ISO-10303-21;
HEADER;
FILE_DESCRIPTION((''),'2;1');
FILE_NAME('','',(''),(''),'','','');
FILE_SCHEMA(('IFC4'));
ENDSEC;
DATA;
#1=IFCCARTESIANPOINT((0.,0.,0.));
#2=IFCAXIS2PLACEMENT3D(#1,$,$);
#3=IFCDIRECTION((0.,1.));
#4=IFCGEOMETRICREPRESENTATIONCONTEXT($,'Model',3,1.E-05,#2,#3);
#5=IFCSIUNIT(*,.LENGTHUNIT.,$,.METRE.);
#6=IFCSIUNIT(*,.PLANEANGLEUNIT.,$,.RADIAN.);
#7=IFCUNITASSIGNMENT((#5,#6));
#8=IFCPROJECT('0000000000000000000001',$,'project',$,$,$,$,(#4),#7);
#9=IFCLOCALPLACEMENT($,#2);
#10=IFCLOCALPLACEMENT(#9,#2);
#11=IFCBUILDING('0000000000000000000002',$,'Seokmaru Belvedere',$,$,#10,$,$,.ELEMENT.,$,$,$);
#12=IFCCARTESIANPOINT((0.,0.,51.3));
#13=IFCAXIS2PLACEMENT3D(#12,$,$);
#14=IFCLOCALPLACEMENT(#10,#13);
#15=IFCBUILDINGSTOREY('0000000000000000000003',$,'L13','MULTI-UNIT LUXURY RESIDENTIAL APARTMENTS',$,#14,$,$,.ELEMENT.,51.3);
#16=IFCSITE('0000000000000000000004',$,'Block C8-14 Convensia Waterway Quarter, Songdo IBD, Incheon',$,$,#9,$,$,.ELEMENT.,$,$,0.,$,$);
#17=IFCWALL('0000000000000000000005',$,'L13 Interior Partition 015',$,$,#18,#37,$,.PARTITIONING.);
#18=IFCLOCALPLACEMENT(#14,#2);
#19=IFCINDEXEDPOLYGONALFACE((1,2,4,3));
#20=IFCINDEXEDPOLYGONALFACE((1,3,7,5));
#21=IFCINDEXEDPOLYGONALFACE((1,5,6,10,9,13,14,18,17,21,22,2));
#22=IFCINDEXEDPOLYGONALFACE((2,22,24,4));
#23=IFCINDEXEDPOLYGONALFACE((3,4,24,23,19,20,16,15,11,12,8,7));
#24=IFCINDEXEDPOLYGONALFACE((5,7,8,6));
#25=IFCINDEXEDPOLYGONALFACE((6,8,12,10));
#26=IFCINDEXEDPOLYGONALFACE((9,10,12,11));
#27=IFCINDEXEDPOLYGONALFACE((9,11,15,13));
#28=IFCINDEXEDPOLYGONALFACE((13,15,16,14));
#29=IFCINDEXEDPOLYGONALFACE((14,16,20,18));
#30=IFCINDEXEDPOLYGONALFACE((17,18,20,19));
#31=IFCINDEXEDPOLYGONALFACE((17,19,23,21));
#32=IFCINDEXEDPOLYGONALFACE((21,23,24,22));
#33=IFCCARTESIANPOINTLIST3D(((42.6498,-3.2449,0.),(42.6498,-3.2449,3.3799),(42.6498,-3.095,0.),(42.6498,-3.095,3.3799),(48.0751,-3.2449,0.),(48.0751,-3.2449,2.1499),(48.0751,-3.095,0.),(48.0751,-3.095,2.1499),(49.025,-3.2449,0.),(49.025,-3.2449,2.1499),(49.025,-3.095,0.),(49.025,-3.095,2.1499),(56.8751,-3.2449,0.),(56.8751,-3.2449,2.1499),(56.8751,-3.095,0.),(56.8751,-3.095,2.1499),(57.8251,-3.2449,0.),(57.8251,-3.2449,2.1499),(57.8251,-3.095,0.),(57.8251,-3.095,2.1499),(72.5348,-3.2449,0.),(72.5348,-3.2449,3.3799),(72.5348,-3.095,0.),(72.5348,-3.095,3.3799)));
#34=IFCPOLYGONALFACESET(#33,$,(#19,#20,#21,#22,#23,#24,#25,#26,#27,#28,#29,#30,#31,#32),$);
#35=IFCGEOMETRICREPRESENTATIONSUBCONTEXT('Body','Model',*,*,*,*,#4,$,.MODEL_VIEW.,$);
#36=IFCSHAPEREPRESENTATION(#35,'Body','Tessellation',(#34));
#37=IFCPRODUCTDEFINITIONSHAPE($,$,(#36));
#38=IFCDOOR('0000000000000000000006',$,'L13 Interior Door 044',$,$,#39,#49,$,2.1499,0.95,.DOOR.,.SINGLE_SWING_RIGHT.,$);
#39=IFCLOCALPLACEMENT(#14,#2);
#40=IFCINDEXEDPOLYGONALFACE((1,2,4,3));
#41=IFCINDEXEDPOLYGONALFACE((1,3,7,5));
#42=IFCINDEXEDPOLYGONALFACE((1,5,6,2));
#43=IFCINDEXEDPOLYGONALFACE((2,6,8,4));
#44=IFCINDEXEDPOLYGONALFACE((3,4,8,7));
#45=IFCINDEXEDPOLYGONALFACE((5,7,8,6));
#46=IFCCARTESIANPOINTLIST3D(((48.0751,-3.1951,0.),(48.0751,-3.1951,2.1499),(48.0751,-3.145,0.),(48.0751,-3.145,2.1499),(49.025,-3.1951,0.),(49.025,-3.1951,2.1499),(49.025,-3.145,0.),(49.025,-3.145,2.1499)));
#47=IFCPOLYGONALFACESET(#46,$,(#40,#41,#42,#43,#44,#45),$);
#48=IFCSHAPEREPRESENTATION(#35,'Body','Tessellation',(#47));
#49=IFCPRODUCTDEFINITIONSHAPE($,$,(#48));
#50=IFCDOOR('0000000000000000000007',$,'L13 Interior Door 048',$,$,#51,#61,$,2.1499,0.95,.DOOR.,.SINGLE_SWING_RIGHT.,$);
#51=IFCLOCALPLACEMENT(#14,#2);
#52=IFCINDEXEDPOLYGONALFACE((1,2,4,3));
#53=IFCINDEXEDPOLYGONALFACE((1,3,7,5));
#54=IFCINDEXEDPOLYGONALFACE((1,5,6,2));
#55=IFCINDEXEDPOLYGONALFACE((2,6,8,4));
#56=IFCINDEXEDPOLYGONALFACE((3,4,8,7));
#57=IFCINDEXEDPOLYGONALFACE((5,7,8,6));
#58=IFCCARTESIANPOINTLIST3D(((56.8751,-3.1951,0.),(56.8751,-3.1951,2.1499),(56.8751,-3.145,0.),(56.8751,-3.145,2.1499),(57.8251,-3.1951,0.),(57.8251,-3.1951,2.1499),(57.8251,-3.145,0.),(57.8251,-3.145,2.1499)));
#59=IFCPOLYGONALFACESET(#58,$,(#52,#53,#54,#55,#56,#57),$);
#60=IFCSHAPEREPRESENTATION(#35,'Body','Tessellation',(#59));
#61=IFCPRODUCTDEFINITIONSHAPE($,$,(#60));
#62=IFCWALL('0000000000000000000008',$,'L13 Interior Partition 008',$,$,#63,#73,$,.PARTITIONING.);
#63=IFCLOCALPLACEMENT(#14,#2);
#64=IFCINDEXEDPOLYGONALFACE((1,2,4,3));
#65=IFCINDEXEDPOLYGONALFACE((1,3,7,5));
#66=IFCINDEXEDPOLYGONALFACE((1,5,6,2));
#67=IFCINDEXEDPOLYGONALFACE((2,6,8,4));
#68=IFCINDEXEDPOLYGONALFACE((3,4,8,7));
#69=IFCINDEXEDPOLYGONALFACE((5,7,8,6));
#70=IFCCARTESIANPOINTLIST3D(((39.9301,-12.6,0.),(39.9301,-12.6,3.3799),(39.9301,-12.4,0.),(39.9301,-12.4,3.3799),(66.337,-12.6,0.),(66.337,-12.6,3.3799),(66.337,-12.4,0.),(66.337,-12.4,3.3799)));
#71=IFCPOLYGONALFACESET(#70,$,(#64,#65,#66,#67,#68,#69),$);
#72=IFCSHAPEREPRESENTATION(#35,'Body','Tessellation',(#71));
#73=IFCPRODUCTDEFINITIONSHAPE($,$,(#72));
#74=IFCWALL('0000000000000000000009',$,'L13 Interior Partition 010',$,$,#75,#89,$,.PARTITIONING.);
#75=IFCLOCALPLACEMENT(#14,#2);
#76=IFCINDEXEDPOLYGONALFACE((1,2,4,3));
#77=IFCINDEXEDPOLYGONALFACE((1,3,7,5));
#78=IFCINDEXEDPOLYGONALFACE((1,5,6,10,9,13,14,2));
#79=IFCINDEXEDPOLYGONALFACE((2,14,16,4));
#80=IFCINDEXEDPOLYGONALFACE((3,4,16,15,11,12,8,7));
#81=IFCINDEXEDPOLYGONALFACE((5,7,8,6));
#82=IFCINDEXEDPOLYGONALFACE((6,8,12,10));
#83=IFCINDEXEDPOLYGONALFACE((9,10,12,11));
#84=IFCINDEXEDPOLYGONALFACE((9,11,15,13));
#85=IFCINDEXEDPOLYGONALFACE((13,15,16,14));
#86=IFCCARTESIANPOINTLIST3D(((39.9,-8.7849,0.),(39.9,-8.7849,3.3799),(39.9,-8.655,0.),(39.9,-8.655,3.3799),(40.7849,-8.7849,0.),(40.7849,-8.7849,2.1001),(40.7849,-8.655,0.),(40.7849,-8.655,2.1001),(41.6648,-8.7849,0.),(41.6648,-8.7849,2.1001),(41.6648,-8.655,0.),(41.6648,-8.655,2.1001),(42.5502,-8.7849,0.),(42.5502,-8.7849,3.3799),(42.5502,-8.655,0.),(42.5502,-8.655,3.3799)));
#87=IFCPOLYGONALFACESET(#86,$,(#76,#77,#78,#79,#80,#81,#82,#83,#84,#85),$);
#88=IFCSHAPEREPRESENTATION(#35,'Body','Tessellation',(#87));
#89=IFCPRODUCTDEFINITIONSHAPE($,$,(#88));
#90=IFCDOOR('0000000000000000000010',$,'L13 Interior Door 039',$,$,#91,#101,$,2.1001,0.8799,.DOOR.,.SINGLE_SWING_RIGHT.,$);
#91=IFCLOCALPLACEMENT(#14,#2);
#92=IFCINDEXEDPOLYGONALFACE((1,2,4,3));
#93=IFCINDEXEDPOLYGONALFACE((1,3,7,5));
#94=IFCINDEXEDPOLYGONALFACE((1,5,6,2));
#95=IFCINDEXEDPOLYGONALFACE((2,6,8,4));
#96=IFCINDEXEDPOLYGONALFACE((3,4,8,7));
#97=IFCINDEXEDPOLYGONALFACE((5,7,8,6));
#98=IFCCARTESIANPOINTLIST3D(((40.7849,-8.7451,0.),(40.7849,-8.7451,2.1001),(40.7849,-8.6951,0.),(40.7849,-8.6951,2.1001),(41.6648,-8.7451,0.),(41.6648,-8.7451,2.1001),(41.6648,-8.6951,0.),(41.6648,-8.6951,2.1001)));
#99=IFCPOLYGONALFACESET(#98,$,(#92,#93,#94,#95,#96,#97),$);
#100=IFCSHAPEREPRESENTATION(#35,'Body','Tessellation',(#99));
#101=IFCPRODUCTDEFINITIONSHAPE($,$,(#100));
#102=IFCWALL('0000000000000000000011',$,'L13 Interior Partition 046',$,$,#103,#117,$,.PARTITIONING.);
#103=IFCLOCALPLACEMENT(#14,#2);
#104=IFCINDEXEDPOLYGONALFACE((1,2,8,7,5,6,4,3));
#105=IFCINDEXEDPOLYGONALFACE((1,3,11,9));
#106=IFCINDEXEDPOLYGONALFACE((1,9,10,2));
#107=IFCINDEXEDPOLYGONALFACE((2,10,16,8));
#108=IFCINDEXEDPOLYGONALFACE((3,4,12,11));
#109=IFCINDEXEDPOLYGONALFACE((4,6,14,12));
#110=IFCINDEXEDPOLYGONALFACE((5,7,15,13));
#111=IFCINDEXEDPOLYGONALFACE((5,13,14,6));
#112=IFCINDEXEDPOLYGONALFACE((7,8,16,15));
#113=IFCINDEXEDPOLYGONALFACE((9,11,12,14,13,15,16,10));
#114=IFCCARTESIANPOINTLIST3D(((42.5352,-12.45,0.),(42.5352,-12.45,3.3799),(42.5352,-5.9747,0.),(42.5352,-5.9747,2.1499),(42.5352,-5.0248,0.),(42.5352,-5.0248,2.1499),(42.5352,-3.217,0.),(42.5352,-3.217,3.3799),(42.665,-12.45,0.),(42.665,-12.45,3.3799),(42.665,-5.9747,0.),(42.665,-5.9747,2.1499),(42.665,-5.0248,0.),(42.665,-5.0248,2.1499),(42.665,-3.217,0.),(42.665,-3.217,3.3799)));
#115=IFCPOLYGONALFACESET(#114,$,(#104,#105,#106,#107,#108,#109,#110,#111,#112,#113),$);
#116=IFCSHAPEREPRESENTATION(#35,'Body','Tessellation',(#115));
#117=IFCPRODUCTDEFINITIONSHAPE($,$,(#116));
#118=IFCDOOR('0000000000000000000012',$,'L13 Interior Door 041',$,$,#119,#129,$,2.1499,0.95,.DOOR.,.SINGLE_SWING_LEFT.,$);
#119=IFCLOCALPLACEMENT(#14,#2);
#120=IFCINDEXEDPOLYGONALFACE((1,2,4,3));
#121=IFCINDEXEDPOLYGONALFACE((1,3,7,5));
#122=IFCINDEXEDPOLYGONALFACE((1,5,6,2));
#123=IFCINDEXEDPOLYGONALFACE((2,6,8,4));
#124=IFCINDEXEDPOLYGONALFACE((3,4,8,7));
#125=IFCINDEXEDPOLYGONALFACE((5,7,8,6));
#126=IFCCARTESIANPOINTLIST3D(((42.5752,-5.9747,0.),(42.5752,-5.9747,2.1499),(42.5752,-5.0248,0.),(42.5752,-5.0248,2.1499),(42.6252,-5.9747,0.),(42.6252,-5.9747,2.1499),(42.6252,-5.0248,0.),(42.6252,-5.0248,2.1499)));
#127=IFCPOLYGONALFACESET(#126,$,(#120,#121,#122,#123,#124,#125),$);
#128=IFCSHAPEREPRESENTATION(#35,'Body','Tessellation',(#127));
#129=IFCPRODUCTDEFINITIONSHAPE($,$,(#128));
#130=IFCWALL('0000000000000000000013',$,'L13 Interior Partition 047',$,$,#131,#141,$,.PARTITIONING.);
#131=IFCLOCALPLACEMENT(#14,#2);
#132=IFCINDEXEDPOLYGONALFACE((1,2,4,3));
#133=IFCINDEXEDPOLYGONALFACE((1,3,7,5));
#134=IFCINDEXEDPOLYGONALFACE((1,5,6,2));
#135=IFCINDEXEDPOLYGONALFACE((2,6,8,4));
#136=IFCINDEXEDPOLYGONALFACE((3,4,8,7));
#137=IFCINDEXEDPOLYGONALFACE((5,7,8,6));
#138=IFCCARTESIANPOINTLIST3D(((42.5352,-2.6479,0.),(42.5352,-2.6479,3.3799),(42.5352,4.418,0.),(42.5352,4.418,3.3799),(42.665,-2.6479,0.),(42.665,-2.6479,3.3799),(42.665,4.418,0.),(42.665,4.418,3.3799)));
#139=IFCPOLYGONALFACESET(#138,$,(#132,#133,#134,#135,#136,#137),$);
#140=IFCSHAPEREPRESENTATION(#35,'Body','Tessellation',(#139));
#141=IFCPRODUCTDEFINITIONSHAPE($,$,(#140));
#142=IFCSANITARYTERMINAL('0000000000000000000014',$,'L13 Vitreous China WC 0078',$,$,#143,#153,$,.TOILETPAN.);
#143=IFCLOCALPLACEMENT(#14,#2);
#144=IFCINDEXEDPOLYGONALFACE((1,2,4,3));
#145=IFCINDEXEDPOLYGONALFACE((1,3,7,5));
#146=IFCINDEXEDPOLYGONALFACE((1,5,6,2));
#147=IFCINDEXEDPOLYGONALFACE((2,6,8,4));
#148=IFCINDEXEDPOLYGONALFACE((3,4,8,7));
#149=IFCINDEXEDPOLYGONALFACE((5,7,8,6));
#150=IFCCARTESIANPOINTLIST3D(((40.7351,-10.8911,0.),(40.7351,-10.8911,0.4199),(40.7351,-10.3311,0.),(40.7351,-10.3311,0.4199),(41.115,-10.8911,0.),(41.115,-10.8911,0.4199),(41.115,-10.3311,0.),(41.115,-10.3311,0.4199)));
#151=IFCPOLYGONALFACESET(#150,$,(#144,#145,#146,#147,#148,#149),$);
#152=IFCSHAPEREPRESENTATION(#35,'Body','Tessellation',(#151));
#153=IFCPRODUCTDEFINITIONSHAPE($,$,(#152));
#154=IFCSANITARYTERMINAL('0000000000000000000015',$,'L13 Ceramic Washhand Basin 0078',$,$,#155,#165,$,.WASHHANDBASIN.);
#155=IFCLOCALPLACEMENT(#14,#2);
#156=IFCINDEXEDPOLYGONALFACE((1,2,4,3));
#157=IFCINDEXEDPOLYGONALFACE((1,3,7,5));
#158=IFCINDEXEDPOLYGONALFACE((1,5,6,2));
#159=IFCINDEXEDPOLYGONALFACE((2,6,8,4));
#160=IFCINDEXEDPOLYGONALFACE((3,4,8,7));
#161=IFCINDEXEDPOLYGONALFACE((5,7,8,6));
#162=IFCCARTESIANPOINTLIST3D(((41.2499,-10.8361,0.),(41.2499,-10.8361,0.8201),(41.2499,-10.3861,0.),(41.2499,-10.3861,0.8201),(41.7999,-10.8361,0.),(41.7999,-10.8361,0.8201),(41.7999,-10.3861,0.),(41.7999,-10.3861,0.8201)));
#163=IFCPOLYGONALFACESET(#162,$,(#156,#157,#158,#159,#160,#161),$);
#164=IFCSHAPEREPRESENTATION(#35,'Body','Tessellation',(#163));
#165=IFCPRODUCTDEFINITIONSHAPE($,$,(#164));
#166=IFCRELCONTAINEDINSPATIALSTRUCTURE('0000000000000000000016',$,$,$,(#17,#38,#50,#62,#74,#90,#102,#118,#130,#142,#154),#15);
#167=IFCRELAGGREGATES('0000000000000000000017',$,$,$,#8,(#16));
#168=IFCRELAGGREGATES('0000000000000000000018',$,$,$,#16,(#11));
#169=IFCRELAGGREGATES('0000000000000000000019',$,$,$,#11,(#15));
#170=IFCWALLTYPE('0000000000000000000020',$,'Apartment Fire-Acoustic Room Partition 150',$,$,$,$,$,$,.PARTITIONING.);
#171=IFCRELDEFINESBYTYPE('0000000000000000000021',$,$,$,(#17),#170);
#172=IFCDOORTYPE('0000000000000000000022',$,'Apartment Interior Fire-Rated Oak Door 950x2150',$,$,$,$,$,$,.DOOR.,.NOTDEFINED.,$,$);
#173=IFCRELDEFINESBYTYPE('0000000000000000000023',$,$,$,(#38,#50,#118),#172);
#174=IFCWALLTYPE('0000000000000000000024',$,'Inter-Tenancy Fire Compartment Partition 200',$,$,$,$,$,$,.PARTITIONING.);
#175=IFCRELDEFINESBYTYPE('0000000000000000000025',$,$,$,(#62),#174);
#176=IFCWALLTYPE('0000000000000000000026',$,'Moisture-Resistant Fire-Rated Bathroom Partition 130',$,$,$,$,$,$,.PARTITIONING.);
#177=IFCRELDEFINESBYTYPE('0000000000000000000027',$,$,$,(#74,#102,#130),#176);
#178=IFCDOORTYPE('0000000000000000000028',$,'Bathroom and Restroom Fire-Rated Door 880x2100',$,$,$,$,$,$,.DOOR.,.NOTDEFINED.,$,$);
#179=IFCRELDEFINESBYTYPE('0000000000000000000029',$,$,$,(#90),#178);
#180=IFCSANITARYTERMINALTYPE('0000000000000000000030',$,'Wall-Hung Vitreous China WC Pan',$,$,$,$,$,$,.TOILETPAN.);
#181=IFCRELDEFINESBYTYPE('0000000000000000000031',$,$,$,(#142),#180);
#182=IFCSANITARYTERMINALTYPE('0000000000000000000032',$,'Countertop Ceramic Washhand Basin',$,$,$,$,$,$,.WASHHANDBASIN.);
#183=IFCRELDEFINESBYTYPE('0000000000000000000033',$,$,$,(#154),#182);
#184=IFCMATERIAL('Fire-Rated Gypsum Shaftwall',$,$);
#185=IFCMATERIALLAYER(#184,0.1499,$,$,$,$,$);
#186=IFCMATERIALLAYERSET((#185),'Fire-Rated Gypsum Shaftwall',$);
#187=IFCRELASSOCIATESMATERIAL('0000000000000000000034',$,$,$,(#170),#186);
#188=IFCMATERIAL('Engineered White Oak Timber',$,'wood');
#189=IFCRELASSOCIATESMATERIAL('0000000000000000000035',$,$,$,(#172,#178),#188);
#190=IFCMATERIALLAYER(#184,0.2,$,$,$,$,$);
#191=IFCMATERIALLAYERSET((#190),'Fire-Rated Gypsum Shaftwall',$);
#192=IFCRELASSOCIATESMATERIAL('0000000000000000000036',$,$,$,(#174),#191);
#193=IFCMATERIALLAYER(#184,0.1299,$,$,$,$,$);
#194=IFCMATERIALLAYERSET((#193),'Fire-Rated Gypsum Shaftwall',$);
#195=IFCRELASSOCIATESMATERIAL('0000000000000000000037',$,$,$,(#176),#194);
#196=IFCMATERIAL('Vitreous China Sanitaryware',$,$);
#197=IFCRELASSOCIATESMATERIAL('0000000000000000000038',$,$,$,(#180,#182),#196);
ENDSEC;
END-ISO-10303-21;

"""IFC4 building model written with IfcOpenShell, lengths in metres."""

from ifc_helpers import new_model, si_unit, direction, frame, frame_2d, origin, origin_2d, place, context, subcontext, project, spatial, rectangle, extrude, source, transform, mapped, material, layer, layer_set, type_object, type_shapes, element, fill, save


model = new_model("IFC4")

# Units and contexts
model_context = context("Model", 3, precision=1e-05, world=origin(), true_north=direction((0.0, 1.0)))
body_context = subcontext(model_context, "Body", "Model", "MODEL_VIEW")
ifc_project = project(units=[si_unit("LENGTHUNIT", "METRE"), si_unit("PLANEANGLEUNIT", "RADIAN")], contexts=[model_context])

# Site, building, storey
site_placement = place(None, origin())
site = spatial("IfcSite", under=ifc_project, at=site_placement, Name="Block C8-14 Convensia Waterway Quarter, Songdo IBD, Incheon", CompositionType="ELEMENT", RefElevation=0.0)
building_placement = place(site_placement, origin())
building = spatial("IfcBuilding", under=site, at=building_placement, Name="Seokmaru Belvedere", CompositionType="ELEMENT")
storey_placement = place(building_placement, frame((0.0, 0.0, 51.3)))
storey = spatial("IfcBuildingStorey", under=building, at=storey_placement, Name="L13", Description="MULTI-UNIT LUXURY RESIDENTIAL APARTMENTS", CompositionType="ELEMENT", Elevation=51.3)

# Wall, openings, doors
ifc_material_1 = material(Name="Fire-Rated Gypsum Shaftwall")
ifc_layer_1 = layer(ifc_material_1, 0.1499)
ifc_layer_set_1 = layer_set([ifc_layer_1], Name="Fire-Rated Gypsum Shaftwall")
wall_type_1 = type_object("IfcWallType", Name="Apartment Fire-Acoustic Room Partition 150", PredefinedType="PARTITIONING", material=ifc_layer_set_1)
ifc_material_2 = material(Name="Engineered White Oak Timber", Category="wood")
door_type_1 = type_object("IfcDoorType", Name="Apartment Interior Fire-Rated Oak Door 950x2150", OperationType="NOTDEFINED", PredefinedType="DOOR", material=ifc_material_2)
shared_shape_1 = source(origin(), body_context, "Body", "SweptSolid", [
    extrude(rectangle(XDim=0.95, YDim=2.1499, at=frame_2d((0.4751, 1.075))), frame((0.0, 0.0249, 0.0), z_axis=(0.0, -1.0, 0.0), x_axis=(1.0, 0.0, 0.0)), (0.0, 0.0, 1.0), 0.05),
])
type_shapes(door_type_1, [shared_shape_1])
wall_1_placement = place(storey_placement, frame((42.6499, -3.1699, 0.0), z_axis=(0.0, 0.0, 1.0), x_axis=(1.0, 0.0, 0.0)))
wall_1 = element("IfcWall", 1, at=wall_1_placement, inside=storey, type_object=wall_type_1, Name="L13 Interior Partition 015", PredefinedType="PARTITIONING", context=body_context, shape_type="SweptSolid", body=[
    extrude(rectangle(XDim=29.885, YDim=0.1499, at=frame_2d((14.9424, 0.0))), origin(), (0.0, 0.0, 1.0), 3.3799),
])
opening_1_placement = place(wall_1_placement, frame((5.425, 0.0, 0.0)))
opening_1 = element("IfcOpeningElement", 2, at=opening_1_placement, cuts=wall_1, PredefinedType="OPENING", context=body_context, shape_type="SweptSolid", body=[
    extrude(rectangle(XDim=0.95, YDim=2.1499, at=frame_2d((0.4751, 1.075))), frame((0.0, 0.085, 0.0), z_axis=(0.0, -1.0, 0.0), x_axis=(1.0, 0.0, 0.0)), (0.0, 0.0, 1.0), 0.1699),
])
opening_2_placement = place(wall_1_placement, frame((14.2251, 0.0, 0.0)))
opening_2 = element("IfcOpeningElement", 3, at=opening_2_placement, cuts=wall_1, PredefinedType="OPENING", context=body_context, shape_type="SweptSolid", body=[
    extrude(rectangle(XDim=0.95, YDim=2.1499, at=frame_2d((0.4751, 1.075))), frame((0.0, 0.085, 0.0), z_axis=(0.0, -1.0, 0.0), x_axis=(1.0, 0.0, 0.0)), (0.0, 0.0, 1.0), 0.1699),
])
door_1_placement = place(opening_1_placement, origin())
door_1 = element("IfcDoor", 4, at=door_1_placement, inside=storey, type_object=door_type_1, Name="L13 Interior Door 044", OperationType="SINGLE_SWING_RIGHT", OverallHeight=2.1499, OverallWidth=0.95, PredefinedType="DOOR", context=body_context, shape_type="MappedRepresentation", body=[
    mapped(shared_shape_1, transform((0.0, 0.0, 0.0), scale=1.0)),
])
fill(opening_1, door_1)
door_2_placement = place(opening_2_placement, origin())
door_2 = element("IfcDoor", 5, at=door_2_placement, inside=storey, type_object=door_type_1, Name="L13 Interior Door 048", OperationType="SINGLE_SWING_RIGHT", OverallHeight=2.1499, OverallWidth=0.95, PredefinedType="DOOR", context=body_context, shape_type="MappedRepresentation", body=[
    mapped(shared_shape_1, transform((0.0, 0.0, 0.0), scale=1.0)),
])
fill(opening_2, door_2)

# Wall
ifc_layer_2 = layer(ifc_material_1, 0.2)
ifc_layer_set_2 = layer_set([ifc_layer_2], Name="Fire-Rated Gypsum Shaftwall")
wall_type_2 = type_object("IfcWallType", Name="Inter-Tenancy Fire Compartment Partition 200", PredefinedType="PARTITIONING", material=ifc_layer_set_2)
wall_2_placement = place(storey_placement, frame((39.9299, -12.5, 0.0), z_axis=(0.0, 0.0, 1.0), x_axis=(1.0, 0.0, 0.0)))
element("IfcWall", 6, at=wall_2_placement, inside=storey, type_object=wall_type_2, Name="L13 Interior Partition 008", PredefinedType="PARTITIONING", context=body_context, shape_type="SweptSolid", body=[
    extrude(rectangle(XDim=26.407, YDim=0.2, at=frame_2d((13.2036, 0.0))), origin(), (0.0, 0.0, 1.0), 3.3799),
])

# Walls, openings, doors
ifc_layer_3 = layer(ifc_material_1, 0.1299)
ifc_layer_set_3 = layer_set([ifc_layer_3], Name="Fire-Rated Gypsum Shaftwall")
wall_type_3 = type_object("IfcWallType", Name="Moisture-Resistant Fire-Rated Bathroom Partition 130", PredefinedType="PARTITIONING", material=ifc_layer_set_3)
wall_3_placement = place(storey_placement, frame((39.8999, -8.72, 0.0), z_axis=(0.0, 0.0, 1.0), x_axis=(1.0, 0.0, 0.0)))
wall_3 = element("IfcWall", 7, at=wall_3_placement, inside=storey, type_object=wall_type_3, Name="L13 Interior Partition 010", PredefinedType="PARTITIONING", context=body_context, shape_type="SweptSolid", body=[
    extrude(rectangle(XDim=2.6501, YDim=0.1299, at=frame_2d((1.3252, 0.0))), origin(), (0.0, 0.0, 1.0), 3.3799),
])
opening_3_placement = place(wall_3_placement, frame((0.885, 0.0, 0.0)))
opening_3 = element("IfcOpeningElement", 8, at=opening_3_placement, cuts=wall_3, PredefinedType="OPENING", context=body_context, shape_type="SweptSolid", body=[
    extrude(rectangle(XDim=0.8799, YDim=2.1001, at=frame_2d((0.4399, 1.05))), frame((0.0, 0.075, 0.0), z_axis=(0.0, -1.0, 0.0), x_axis=(1.0, 0.0, 0.0)), (0.0, 0.0, 1.0), 0.1499),
])
door_type_2 = type_object("IfcDoorType", Name="Bathroom and Restroom Fire-Rated Door 880x2100", OperationType="NOTDEFINED", PredefinedType="DOOR", material=ifc_material_2)
shared_shape_2 = source(origin(), body_context, "Body", "SweptSolid", [
    extrude(rectangle(XDim=0.8799, YDim=2.1001, at=frame_2d((0.4399, 1.05))), frame((0.0, 0.0249, 0.0), z_axis=(0.0, -1.0, 0.0), x_axis=(1.0, 0.0, 0.0)), (0.0, 0.0, 1.0), 0.05),
])
type_shapes(door_type_2, [shared_shape_2])
door_3_placement = place(opening_3_placement, origin())
door_3 = element("IfcDoor", 9, at=door_3_placement, inside=storey, type_object=door_type_2, Name="L13 Interior Door 039", OperationType="SINGLE_SWING_RIGHT", OverallHeight=2.1001, OverallWidth=0.8799, PredefinedType="DOOR", context=body_context, shape_type="MappedRepresentation", body=[
    mapped(shared_shape_2, transform((0.0, 0.0, 0.0), scale=1.0)),
])
fill(opening_3, door_3)
wall_4_placement = place(storey_placement, frame((42.6001, -12.45, 0.0), z_axis=(0.0, 0.0, 1.0), x_axis=(0.0, 1.0, 0.0)))
wall_4 = element("IfcWall", 10, at=wall_4_placement, inside=storey, type_object=wall_type_3, Name="L13 Interior Partition 046", PredefinedType="PARTITIONING", context=body_context, shape_type="SweptSolid", body=[
    extrude(rectangle(XDim=9.2329, YDim=0.1299, at=frame_2d((4.6165, 0.0))), origin(), (0.0, 0.0, 1.0), 3.3799),
])
opening_4_placement = place(wall_4_placement, frame((6.4751, 0.0, 0.0)))
opening_4 = element("IfcOpeningElement", 11, at=opening_4_placement, cuts=wall_4, PredefinedType="OPENING", context=body_context, shape_type="SweptSolid", body=[
    extrude(rectangle(XDim=0.95, YDim=2.1499, at=frame_2d((0.4751, 1.075))), frame((0.0, 0.075, 0.0), z_axis=(0.0, -1.0, 0.0), x_axis=(1.0, 0.0, 0.0)), (0.0, 0.0, 1.0), 0.1499),
])
door_4_placement = place(opening_4_placement, origin())
door_4 = element("IfcDoor", 12, at=door_4_placement, inside=storey, type_object=door_type_1, Name="L13 Interior Door 041", OperationType="SINGLE_SWING_LEFT", OverallHeight=2.1499, OverallWidth=0.95, PredefinedType="DOOR", context=body_context, shape_type="MappedRepresentation", body=[
    mapped(shared_shape_1, transform((0.0, 0.0, 0.0), scale=1.0)),
])
fill(opening_4, door_4)

# Wall
wall_5_placement = place(storey_placement, frame((42.6001, -2.6479, 0.0), z_axis=(0.0, 0.0, 1.0), x_axis=(0.0, 1.0, 0.0)))
element("IfcWall", 13, at=wall_5_placement, inside=storey, type_object=wall_type_3, Name="L13 Interior Partition 047", PredefinedType="PARTITIONING", context=body_context, shape_type="SweptSolid", body=[
    extrude(rectangle(XDim=7.0659, YDim=0.1299, at=frame_2d((3.533, 0.0))), origin(), (0.0, 0.0, 1.0), 3.3799),
])

# Sanitary terminals
ifc_material_3 = material(Name="Vitreous China Sanitaryware")
sanitary_terminal_type_1 = type_object("IfcSanitaryTerminalType", Name="Wall-Hung Vitreous China WC Pan", PredefinedType="TOILETPAN", material=ifc_material_3)
shared_shape_3 = source(origin(), body_context, "Body", "SweptSolid", [
    extrude(rectangle(XDim=0.3799, YDim=0.5601, at=origin_2d()), origin(), (0.0, 0.0, 1.0), 0.4199),
])
type_shapes(sanitary_terminal_type_1, [shared_shape_3])
sanitary_terminal_1_placement = place(storey_placement, frame((40.925, -10.6111, 0.0), z_axis=(0.0, 0.0, 1.0), x_axis=(1.0, 0.0, 0.0)))
element("IfcSanitaryTerminal", 14, at=sanitary_terminal_1_placement, inside=storey, type_object=sanitary_terminal_type_1, Name="L13 Vitreous China WC 0078", PredefinedType="TOILETPAN", context=body_context, shape_type="MappedRepresentation", body=[
    mapped(shared_shape_3, transform((0.0, 0.0, 0.0), scale=1.0)),
])
sanitary_terminal_type_2 = type_object("IfcSanitaryTerminalType", Name="Countertop Ceramic Washhand Basin", PredefinedType="WASHHANDBASIN", material=ifc_material_3)
shared_shape_4 = source(origin(), body_context, "Body", "SweptSolid", [
    extrude(rectangle(XDim=0.55, YDim=0.45, at=origin_2d()), origin(), (0.0, 0.0, 1.0), 0.8201),
])
type_shapes(sanitary_terminal_type_2, [shared_shape_4])
sanitary_terminal_2_placement = place(storey_placement, frame((41.5249, -10.6111, 0.0), z_axis=(0.0, 0.0, 1.0), x_axis=(1.0, 0.0, 0.0)))
element("IfcSanitaryTerminal", 15, at=sanitary_terminal_2_placement, inside=storey, type_object=sanitary_terminal_type_2, Name="L13 Ceramic Washhand Basin 0078", PredefinedType="WASHHANDBASIN", context=body_context, shape_type="MappedRepresentation", body=[
    mapped(shared_shape_4, transform((0.0, 0.0, 0.0), scale=1.0)),
])

save(model, "model.ifc")
